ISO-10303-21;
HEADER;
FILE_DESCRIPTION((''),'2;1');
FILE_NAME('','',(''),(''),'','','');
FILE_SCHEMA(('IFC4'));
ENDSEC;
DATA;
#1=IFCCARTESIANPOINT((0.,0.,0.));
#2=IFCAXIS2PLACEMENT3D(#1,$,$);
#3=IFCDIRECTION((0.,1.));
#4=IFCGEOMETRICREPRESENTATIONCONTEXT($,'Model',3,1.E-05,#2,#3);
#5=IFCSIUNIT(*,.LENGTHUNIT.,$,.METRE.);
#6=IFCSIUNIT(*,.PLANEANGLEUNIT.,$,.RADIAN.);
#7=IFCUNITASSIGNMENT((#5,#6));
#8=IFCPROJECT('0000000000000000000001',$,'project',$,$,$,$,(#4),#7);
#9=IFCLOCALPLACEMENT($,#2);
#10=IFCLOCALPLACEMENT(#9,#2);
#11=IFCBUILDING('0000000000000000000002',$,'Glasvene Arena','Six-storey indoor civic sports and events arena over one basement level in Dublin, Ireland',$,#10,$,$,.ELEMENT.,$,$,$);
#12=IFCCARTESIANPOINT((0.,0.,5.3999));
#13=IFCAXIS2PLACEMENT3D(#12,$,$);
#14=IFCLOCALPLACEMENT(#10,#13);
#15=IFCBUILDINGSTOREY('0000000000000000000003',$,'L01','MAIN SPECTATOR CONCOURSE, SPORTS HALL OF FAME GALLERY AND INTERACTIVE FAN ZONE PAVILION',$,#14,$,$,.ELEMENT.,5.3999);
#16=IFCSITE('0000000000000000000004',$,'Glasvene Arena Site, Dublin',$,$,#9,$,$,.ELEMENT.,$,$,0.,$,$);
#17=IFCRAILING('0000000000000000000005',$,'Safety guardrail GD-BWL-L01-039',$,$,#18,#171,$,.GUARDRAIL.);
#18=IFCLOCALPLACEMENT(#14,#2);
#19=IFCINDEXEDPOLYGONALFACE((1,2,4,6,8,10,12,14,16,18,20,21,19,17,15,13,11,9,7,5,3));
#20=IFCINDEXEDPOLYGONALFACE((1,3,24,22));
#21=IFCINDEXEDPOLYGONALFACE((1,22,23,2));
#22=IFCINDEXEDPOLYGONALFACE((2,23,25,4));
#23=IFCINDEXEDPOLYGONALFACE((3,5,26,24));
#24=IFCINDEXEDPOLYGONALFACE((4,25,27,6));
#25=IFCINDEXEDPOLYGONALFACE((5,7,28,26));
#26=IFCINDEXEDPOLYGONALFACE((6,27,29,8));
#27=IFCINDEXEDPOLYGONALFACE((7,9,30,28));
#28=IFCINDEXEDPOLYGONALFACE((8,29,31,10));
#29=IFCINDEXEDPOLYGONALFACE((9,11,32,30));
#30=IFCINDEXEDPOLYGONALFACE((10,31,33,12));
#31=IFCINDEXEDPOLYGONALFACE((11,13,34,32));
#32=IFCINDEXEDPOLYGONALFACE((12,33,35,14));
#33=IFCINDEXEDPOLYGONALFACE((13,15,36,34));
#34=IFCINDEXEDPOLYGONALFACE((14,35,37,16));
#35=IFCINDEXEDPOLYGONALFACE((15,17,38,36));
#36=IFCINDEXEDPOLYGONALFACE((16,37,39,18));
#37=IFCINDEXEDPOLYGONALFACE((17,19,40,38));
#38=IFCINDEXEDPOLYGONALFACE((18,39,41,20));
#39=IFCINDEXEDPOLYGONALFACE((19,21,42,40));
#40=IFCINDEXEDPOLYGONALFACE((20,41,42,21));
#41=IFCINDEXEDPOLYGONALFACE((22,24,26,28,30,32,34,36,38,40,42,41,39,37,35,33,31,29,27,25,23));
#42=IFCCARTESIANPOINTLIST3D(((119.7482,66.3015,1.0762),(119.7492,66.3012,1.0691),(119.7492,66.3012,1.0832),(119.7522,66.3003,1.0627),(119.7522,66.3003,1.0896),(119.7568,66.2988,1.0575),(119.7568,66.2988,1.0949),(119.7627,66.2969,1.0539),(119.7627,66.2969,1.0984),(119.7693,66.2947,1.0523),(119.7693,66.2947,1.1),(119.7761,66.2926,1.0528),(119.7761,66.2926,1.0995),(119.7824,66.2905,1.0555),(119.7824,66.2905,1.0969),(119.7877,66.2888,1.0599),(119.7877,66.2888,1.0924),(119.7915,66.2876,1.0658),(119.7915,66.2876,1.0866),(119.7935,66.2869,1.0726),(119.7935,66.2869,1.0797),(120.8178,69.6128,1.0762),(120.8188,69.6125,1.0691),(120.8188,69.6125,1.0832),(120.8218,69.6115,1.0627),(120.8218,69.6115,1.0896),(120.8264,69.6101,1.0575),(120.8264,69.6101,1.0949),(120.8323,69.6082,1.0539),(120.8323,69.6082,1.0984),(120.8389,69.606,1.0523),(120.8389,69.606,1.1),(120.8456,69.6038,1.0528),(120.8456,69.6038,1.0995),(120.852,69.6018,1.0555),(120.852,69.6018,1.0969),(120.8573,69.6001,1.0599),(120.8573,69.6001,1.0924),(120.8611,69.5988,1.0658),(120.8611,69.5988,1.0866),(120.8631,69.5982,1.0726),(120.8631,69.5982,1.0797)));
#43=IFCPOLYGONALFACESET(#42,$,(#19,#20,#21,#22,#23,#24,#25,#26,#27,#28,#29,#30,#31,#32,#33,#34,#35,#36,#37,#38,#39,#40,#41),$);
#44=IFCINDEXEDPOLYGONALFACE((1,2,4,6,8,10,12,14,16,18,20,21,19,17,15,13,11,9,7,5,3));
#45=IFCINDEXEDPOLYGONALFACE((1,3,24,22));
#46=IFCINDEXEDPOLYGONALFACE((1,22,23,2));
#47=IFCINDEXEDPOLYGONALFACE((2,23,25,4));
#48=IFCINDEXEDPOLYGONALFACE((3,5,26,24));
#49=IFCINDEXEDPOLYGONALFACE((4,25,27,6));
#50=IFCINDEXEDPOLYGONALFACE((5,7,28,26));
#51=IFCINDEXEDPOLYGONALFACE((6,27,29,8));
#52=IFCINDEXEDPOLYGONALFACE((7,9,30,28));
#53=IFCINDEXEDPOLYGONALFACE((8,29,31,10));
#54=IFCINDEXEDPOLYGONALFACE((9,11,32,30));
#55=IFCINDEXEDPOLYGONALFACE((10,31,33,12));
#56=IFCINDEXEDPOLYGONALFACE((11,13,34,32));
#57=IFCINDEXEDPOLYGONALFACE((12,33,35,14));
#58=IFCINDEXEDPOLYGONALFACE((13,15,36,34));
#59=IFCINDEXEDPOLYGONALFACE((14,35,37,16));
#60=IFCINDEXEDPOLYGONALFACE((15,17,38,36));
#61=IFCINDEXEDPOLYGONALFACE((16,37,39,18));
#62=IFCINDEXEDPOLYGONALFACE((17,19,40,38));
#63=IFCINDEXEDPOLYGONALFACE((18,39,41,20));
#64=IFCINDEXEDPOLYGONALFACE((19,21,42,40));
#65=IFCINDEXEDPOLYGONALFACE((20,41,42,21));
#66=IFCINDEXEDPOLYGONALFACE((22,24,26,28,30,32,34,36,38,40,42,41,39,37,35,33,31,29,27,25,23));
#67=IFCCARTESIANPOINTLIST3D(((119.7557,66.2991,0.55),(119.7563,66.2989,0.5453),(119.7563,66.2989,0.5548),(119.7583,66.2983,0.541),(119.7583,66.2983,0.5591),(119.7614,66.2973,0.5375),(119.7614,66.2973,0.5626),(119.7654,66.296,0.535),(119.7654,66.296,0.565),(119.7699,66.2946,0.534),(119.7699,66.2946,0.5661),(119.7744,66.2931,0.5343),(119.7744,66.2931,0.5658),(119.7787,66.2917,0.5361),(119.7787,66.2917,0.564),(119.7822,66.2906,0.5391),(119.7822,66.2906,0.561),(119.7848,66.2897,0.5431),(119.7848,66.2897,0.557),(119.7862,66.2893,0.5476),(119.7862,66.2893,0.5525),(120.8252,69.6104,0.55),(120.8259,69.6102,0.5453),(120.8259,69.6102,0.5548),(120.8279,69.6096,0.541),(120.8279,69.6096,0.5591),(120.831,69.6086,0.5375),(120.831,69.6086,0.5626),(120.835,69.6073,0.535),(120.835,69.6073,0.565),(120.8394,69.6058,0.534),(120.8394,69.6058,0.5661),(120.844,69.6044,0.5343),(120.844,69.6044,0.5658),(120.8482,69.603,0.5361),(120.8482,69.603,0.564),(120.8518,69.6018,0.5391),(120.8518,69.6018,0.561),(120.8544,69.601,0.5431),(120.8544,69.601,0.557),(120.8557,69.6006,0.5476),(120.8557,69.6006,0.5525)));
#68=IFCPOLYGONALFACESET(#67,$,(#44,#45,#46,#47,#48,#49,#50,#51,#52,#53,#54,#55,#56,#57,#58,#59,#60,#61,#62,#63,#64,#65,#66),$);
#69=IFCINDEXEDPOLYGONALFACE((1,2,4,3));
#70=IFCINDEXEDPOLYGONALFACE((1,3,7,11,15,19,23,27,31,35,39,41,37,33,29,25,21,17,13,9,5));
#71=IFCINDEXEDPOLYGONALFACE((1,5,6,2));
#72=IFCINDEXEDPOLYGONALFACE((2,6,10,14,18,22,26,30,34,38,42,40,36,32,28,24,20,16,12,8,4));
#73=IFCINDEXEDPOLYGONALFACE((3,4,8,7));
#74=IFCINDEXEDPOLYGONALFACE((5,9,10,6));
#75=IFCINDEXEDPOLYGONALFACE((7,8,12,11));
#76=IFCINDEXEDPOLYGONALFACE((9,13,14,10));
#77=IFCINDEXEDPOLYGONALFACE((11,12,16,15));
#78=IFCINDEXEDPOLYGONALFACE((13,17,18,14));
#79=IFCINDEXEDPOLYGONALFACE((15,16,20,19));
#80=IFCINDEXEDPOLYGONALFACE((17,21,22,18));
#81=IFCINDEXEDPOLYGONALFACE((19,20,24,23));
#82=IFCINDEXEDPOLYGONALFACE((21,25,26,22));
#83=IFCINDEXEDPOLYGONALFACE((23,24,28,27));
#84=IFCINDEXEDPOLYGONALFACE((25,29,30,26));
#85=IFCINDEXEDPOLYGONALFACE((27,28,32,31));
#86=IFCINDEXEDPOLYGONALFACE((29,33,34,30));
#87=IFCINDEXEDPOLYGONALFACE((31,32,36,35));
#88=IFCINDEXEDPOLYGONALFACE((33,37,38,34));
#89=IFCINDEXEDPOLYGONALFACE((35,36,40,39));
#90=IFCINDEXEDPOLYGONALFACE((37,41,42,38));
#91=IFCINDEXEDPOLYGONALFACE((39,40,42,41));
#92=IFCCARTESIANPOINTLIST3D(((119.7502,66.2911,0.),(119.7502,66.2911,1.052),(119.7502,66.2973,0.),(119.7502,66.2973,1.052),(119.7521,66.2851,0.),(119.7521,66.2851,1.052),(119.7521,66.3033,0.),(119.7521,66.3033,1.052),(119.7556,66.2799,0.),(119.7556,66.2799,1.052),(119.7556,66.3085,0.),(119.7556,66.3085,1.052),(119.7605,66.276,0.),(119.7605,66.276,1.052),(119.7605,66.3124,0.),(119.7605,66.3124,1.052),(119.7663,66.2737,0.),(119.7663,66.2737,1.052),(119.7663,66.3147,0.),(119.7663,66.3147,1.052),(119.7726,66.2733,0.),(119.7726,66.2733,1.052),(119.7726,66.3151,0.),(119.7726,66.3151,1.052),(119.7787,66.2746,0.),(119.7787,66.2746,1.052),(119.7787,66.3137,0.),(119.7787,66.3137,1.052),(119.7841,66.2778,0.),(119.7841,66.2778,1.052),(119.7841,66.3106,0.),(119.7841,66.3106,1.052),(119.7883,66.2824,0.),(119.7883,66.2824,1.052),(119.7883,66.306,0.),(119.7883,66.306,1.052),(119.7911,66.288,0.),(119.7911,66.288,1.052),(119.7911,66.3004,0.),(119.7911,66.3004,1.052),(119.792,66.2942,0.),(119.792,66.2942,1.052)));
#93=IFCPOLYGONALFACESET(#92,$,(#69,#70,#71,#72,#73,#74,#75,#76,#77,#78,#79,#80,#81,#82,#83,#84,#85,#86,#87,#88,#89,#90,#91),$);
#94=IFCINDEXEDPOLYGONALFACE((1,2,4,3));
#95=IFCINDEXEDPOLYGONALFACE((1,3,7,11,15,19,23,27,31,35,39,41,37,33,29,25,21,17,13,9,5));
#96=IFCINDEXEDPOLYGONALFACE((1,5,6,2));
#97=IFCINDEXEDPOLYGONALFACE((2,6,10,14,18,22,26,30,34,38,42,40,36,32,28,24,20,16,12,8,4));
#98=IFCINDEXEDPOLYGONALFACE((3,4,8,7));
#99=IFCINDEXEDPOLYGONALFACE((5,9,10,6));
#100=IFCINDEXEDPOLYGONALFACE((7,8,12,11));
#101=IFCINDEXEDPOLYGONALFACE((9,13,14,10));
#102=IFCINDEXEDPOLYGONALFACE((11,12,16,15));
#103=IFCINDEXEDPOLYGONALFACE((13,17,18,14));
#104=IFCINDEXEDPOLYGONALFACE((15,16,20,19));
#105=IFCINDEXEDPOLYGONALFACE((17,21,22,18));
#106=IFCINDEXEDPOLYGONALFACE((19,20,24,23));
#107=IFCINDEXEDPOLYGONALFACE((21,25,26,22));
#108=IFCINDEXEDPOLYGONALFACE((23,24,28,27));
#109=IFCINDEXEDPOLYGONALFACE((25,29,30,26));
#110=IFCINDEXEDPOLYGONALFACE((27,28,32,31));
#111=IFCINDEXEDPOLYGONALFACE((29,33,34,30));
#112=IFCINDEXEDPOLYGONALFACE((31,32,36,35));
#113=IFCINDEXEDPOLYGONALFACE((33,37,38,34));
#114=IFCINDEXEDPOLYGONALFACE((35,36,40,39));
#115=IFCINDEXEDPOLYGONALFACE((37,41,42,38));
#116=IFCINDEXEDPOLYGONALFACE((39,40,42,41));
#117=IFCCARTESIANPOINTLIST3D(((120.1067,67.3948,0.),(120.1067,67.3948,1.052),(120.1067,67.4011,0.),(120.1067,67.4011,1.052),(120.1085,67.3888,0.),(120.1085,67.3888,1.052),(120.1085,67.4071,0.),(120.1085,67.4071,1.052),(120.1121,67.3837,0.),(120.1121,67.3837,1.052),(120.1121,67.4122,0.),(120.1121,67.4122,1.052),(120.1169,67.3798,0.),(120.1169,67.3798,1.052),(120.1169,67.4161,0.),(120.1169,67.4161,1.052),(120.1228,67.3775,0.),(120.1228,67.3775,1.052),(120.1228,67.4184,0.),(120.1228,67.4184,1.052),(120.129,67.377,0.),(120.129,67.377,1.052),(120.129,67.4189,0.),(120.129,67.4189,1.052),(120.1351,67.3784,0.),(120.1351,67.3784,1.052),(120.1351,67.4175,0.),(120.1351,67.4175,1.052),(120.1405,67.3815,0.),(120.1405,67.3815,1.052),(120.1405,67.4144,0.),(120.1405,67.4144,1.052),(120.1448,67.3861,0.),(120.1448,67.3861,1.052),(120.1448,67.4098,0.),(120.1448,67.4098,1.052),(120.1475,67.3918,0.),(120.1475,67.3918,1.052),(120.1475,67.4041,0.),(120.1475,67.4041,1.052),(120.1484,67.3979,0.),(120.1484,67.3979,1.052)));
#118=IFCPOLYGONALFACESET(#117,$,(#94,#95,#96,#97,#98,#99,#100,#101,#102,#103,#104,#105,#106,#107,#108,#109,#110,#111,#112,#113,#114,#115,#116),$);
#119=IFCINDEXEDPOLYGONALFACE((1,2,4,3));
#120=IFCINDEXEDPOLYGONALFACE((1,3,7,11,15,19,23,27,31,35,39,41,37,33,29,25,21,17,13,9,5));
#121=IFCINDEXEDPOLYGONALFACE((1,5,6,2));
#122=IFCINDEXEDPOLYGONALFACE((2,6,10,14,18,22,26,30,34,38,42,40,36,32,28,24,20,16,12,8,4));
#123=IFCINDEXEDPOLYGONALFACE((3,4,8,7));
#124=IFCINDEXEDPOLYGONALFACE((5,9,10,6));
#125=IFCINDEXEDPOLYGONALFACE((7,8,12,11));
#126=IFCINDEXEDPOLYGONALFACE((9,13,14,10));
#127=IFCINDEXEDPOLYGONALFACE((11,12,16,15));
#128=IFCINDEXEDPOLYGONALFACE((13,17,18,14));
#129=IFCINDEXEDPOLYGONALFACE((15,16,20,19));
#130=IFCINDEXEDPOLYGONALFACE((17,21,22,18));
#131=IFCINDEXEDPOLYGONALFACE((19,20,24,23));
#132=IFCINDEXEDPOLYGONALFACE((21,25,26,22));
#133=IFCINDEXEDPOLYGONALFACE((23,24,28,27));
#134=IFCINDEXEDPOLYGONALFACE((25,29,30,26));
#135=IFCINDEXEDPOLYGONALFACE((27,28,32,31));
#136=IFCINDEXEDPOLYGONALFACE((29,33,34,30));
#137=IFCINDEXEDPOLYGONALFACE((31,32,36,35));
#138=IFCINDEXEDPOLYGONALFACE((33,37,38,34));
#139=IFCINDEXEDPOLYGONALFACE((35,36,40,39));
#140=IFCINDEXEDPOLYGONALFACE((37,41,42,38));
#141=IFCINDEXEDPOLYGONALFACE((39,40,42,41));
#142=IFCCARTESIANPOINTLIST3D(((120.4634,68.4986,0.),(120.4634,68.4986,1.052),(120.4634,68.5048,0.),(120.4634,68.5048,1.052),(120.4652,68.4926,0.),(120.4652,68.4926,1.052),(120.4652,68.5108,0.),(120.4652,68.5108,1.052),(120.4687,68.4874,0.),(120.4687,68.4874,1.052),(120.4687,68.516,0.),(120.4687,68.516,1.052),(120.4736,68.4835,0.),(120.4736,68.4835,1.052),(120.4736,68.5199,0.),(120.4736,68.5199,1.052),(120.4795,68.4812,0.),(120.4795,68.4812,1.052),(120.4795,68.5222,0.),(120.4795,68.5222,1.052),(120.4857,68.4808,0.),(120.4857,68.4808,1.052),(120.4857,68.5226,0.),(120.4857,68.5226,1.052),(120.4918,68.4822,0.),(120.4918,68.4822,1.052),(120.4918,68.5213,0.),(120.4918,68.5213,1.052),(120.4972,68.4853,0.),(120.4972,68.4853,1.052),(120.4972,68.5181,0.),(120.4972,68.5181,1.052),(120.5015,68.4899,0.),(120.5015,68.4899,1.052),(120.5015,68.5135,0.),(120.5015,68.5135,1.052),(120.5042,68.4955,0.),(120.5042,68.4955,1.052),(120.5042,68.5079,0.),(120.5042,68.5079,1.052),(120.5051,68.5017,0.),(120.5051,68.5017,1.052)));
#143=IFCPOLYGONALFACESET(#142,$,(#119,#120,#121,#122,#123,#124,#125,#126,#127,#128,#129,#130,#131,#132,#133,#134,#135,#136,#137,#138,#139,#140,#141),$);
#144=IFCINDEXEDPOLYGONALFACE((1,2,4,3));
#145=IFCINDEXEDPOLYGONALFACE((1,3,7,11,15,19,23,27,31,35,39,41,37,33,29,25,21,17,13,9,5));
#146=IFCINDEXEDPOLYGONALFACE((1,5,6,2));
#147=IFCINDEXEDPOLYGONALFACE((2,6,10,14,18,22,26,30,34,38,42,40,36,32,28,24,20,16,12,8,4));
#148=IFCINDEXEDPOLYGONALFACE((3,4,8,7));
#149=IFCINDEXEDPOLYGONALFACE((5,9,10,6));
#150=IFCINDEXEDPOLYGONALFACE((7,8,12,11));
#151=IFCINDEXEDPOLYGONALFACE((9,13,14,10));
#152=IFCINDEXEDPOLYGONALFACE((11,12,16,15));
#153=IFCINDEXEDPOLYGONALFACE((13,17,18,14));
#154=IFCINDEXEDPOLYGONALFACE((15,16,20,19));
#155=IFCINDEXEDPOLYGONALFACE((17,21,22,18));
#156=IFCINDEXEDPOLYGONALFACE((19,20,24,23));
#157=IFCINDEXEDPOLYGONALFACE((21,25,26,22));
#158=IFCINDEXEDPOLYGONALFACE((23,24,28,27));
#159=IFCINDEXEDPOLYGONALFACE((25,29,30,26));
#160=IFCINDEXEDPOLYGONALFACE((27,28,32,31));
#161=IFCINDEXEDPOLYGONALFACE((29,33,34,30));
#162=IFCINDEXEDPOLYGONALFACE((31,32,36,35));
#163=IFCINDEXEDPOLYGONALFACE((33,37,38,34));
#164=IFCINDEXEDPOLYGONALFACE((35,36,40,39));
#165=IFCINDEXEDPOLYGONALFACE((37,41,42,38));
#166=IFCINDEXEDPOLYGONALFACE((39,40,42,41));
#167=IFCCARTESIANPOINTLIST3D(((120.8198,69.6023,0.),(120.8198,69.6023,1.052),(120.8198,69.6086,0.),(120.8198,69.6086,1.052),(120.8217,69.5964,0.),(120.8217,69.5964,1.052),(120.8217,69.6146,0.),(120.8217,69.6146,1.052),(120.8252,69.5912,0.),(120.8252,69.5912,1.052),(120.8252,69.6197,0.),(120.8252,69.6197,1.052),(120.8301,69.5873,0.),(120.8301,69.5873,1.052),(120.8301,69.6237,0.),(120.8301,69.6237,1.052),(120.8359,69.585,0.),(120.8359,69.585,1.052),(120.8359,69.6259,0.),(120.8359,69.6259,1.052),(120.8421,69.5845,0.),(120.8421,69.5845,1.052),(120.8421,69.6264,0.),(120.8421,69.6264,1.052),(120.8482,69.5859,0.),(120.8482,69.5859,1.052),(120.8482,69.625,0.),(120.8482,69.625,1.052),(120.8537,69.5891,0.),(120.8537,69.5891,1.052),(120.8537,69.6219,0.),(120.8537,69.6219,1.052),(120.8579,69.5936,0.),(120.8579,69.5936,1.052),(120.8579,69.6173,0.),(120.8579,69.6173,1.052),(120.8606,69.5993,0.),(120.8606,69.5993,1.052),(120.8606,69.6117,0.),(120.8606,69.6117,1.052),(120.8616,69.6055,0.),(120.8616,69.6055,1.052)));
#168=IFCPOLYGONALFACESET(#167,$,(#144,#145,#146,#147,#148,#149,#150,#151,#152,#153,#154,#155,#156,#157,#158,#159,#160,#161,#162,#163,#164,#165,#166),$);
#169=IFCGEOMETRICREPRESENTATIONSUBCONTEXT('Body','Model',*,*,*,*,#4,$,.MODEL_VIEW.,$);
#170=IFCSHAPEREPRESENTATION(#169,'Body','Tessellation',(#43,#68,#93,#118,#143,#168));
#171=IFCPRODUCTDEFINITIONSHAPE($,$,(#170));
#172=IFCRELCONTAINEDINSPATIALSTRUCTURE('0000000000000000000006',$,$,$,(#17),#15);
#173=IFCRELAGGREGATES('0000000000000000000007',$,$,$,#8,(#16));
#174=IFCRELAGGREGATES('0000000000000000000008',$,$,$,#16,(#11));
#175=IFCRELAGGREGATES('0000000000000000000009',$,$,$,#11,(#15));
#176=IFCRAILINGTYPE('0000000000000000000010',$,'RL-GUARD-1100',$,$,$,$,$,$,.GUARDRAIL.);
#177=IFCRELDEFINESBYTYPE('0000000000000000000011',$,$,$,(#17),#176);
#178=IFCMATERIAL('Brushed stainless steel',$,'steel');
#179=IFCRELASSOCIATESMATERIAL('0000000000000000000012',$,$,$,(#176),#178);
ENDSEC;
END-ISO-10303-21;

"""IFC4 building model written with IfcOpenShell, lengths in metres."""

from ifc_helpers import new_model, si_unit, direction, frame, origin, origin_2d, place, context, subcontext, project, spatial, circle, extrude, material, type_object, element, save


model = new_model("IFC4")

# Units and contexts
model_context = context("Model", 3, precision=1e-05, world=origin(), true_north=direction((0.0, 1.0)))
body_context = subcontext(model_context, "Body", "Model", "MODEL_VIEW")
ifc_project = project(units=[si_unit("LENGTHUNIT", "METRE"), si_unit("PLANEANGLEUNIT", "RADIAN")], contexts=[model_context])

# Site, building, storey
site_placement = place(None, origin())
site = spatial("IfcSite", under=ifc_project, at=site_placement, Name="Glasvene Arena Site, Dublin", CompositionType="ELEMENT", RefElevation=0.0)
building_placement = place(site_placement, origin())
building = spatial("IfcBuilding", under=site, at=building_placement, Name="Glasvene Arena", Description="Six-storey indoor civic sports and events arena over one basement level in Dublin, Ireland", CompositionType="ELEMENT")
storey_placement = place(building_placement, frame((0.0, 0.0, 5.3999)))
storey = spatial("IfcBuildingStorey", under=building, at=storey_placement, Name="L01", Description="MAIN SPECTATOR CONCOURSE, SPORTS HALL OF FAME GALLERY AND INTERACTIVE FAN ZONE PAVILION", CompositionType="ELEMENT", Elevation=5.3999)

# Railing
ifc_material_1 = material(Name="Brushed stainless steel", Category="steel")
railing_type = type_object("IfcRailingType", Name="RL-GUARD-1100", PredefinedType="GUARDRAIL", material=ifc_material_1)
railing_1_placement = place(storey_placement, frame((119.771, 66.2942, 0.0)))
element("IfcRailing", 1, at=railing_1_placement, inside=storey, type_object=railing_type, Name="Safety guardrail GD-BWL-L01-039", PredefinedType="GUARDRAIL", context=body_context, shape_type="SweptSolid", body=[
    extrude(circle(Radius=0.0239, at=origin_2d()), frame((0.0, 0.0, 1.0762), z_axis=(0.307374, 0.951589, 0.0), x_axis=(-0.951589, 0.307374, 0.0)), (0.0, 0.0, 1.0), 3.4797),
    extrude(circle(Radius=0.0161, at=origin_2d()), frame((0.0, 0.0, 0.55), z_axis=(0.307374, 0.951589, 0.0), x_axis=(-0.951589, 0.307374, 0.0)), (0.0, 0.0, 1.0), 3.4797),
    extrude(circle(Radius=0.021, at=origin_2d()), origin(), (0.0, 0.0, 1.0), 1.052),
    extrude(circle(Radius=0.021, at=origin_2d()), frame((0.3564, 1.1038, 0.0)), (0.0, 0.0, 1.0), 1.052),
    extrude(circle(Radius=0.021, at=origin_2d()), frame((0.7131, 2.2075, 0.0)), (0.0, 0.0, 1.0), 1.052),
    extrude(circle(Radius=0.021, at=origin_2d()), frame((1.0696, 3.3113, 0.0)), (0.0, 0.0, 1.0), 1.052),
])

save(model, "model.ifc")
